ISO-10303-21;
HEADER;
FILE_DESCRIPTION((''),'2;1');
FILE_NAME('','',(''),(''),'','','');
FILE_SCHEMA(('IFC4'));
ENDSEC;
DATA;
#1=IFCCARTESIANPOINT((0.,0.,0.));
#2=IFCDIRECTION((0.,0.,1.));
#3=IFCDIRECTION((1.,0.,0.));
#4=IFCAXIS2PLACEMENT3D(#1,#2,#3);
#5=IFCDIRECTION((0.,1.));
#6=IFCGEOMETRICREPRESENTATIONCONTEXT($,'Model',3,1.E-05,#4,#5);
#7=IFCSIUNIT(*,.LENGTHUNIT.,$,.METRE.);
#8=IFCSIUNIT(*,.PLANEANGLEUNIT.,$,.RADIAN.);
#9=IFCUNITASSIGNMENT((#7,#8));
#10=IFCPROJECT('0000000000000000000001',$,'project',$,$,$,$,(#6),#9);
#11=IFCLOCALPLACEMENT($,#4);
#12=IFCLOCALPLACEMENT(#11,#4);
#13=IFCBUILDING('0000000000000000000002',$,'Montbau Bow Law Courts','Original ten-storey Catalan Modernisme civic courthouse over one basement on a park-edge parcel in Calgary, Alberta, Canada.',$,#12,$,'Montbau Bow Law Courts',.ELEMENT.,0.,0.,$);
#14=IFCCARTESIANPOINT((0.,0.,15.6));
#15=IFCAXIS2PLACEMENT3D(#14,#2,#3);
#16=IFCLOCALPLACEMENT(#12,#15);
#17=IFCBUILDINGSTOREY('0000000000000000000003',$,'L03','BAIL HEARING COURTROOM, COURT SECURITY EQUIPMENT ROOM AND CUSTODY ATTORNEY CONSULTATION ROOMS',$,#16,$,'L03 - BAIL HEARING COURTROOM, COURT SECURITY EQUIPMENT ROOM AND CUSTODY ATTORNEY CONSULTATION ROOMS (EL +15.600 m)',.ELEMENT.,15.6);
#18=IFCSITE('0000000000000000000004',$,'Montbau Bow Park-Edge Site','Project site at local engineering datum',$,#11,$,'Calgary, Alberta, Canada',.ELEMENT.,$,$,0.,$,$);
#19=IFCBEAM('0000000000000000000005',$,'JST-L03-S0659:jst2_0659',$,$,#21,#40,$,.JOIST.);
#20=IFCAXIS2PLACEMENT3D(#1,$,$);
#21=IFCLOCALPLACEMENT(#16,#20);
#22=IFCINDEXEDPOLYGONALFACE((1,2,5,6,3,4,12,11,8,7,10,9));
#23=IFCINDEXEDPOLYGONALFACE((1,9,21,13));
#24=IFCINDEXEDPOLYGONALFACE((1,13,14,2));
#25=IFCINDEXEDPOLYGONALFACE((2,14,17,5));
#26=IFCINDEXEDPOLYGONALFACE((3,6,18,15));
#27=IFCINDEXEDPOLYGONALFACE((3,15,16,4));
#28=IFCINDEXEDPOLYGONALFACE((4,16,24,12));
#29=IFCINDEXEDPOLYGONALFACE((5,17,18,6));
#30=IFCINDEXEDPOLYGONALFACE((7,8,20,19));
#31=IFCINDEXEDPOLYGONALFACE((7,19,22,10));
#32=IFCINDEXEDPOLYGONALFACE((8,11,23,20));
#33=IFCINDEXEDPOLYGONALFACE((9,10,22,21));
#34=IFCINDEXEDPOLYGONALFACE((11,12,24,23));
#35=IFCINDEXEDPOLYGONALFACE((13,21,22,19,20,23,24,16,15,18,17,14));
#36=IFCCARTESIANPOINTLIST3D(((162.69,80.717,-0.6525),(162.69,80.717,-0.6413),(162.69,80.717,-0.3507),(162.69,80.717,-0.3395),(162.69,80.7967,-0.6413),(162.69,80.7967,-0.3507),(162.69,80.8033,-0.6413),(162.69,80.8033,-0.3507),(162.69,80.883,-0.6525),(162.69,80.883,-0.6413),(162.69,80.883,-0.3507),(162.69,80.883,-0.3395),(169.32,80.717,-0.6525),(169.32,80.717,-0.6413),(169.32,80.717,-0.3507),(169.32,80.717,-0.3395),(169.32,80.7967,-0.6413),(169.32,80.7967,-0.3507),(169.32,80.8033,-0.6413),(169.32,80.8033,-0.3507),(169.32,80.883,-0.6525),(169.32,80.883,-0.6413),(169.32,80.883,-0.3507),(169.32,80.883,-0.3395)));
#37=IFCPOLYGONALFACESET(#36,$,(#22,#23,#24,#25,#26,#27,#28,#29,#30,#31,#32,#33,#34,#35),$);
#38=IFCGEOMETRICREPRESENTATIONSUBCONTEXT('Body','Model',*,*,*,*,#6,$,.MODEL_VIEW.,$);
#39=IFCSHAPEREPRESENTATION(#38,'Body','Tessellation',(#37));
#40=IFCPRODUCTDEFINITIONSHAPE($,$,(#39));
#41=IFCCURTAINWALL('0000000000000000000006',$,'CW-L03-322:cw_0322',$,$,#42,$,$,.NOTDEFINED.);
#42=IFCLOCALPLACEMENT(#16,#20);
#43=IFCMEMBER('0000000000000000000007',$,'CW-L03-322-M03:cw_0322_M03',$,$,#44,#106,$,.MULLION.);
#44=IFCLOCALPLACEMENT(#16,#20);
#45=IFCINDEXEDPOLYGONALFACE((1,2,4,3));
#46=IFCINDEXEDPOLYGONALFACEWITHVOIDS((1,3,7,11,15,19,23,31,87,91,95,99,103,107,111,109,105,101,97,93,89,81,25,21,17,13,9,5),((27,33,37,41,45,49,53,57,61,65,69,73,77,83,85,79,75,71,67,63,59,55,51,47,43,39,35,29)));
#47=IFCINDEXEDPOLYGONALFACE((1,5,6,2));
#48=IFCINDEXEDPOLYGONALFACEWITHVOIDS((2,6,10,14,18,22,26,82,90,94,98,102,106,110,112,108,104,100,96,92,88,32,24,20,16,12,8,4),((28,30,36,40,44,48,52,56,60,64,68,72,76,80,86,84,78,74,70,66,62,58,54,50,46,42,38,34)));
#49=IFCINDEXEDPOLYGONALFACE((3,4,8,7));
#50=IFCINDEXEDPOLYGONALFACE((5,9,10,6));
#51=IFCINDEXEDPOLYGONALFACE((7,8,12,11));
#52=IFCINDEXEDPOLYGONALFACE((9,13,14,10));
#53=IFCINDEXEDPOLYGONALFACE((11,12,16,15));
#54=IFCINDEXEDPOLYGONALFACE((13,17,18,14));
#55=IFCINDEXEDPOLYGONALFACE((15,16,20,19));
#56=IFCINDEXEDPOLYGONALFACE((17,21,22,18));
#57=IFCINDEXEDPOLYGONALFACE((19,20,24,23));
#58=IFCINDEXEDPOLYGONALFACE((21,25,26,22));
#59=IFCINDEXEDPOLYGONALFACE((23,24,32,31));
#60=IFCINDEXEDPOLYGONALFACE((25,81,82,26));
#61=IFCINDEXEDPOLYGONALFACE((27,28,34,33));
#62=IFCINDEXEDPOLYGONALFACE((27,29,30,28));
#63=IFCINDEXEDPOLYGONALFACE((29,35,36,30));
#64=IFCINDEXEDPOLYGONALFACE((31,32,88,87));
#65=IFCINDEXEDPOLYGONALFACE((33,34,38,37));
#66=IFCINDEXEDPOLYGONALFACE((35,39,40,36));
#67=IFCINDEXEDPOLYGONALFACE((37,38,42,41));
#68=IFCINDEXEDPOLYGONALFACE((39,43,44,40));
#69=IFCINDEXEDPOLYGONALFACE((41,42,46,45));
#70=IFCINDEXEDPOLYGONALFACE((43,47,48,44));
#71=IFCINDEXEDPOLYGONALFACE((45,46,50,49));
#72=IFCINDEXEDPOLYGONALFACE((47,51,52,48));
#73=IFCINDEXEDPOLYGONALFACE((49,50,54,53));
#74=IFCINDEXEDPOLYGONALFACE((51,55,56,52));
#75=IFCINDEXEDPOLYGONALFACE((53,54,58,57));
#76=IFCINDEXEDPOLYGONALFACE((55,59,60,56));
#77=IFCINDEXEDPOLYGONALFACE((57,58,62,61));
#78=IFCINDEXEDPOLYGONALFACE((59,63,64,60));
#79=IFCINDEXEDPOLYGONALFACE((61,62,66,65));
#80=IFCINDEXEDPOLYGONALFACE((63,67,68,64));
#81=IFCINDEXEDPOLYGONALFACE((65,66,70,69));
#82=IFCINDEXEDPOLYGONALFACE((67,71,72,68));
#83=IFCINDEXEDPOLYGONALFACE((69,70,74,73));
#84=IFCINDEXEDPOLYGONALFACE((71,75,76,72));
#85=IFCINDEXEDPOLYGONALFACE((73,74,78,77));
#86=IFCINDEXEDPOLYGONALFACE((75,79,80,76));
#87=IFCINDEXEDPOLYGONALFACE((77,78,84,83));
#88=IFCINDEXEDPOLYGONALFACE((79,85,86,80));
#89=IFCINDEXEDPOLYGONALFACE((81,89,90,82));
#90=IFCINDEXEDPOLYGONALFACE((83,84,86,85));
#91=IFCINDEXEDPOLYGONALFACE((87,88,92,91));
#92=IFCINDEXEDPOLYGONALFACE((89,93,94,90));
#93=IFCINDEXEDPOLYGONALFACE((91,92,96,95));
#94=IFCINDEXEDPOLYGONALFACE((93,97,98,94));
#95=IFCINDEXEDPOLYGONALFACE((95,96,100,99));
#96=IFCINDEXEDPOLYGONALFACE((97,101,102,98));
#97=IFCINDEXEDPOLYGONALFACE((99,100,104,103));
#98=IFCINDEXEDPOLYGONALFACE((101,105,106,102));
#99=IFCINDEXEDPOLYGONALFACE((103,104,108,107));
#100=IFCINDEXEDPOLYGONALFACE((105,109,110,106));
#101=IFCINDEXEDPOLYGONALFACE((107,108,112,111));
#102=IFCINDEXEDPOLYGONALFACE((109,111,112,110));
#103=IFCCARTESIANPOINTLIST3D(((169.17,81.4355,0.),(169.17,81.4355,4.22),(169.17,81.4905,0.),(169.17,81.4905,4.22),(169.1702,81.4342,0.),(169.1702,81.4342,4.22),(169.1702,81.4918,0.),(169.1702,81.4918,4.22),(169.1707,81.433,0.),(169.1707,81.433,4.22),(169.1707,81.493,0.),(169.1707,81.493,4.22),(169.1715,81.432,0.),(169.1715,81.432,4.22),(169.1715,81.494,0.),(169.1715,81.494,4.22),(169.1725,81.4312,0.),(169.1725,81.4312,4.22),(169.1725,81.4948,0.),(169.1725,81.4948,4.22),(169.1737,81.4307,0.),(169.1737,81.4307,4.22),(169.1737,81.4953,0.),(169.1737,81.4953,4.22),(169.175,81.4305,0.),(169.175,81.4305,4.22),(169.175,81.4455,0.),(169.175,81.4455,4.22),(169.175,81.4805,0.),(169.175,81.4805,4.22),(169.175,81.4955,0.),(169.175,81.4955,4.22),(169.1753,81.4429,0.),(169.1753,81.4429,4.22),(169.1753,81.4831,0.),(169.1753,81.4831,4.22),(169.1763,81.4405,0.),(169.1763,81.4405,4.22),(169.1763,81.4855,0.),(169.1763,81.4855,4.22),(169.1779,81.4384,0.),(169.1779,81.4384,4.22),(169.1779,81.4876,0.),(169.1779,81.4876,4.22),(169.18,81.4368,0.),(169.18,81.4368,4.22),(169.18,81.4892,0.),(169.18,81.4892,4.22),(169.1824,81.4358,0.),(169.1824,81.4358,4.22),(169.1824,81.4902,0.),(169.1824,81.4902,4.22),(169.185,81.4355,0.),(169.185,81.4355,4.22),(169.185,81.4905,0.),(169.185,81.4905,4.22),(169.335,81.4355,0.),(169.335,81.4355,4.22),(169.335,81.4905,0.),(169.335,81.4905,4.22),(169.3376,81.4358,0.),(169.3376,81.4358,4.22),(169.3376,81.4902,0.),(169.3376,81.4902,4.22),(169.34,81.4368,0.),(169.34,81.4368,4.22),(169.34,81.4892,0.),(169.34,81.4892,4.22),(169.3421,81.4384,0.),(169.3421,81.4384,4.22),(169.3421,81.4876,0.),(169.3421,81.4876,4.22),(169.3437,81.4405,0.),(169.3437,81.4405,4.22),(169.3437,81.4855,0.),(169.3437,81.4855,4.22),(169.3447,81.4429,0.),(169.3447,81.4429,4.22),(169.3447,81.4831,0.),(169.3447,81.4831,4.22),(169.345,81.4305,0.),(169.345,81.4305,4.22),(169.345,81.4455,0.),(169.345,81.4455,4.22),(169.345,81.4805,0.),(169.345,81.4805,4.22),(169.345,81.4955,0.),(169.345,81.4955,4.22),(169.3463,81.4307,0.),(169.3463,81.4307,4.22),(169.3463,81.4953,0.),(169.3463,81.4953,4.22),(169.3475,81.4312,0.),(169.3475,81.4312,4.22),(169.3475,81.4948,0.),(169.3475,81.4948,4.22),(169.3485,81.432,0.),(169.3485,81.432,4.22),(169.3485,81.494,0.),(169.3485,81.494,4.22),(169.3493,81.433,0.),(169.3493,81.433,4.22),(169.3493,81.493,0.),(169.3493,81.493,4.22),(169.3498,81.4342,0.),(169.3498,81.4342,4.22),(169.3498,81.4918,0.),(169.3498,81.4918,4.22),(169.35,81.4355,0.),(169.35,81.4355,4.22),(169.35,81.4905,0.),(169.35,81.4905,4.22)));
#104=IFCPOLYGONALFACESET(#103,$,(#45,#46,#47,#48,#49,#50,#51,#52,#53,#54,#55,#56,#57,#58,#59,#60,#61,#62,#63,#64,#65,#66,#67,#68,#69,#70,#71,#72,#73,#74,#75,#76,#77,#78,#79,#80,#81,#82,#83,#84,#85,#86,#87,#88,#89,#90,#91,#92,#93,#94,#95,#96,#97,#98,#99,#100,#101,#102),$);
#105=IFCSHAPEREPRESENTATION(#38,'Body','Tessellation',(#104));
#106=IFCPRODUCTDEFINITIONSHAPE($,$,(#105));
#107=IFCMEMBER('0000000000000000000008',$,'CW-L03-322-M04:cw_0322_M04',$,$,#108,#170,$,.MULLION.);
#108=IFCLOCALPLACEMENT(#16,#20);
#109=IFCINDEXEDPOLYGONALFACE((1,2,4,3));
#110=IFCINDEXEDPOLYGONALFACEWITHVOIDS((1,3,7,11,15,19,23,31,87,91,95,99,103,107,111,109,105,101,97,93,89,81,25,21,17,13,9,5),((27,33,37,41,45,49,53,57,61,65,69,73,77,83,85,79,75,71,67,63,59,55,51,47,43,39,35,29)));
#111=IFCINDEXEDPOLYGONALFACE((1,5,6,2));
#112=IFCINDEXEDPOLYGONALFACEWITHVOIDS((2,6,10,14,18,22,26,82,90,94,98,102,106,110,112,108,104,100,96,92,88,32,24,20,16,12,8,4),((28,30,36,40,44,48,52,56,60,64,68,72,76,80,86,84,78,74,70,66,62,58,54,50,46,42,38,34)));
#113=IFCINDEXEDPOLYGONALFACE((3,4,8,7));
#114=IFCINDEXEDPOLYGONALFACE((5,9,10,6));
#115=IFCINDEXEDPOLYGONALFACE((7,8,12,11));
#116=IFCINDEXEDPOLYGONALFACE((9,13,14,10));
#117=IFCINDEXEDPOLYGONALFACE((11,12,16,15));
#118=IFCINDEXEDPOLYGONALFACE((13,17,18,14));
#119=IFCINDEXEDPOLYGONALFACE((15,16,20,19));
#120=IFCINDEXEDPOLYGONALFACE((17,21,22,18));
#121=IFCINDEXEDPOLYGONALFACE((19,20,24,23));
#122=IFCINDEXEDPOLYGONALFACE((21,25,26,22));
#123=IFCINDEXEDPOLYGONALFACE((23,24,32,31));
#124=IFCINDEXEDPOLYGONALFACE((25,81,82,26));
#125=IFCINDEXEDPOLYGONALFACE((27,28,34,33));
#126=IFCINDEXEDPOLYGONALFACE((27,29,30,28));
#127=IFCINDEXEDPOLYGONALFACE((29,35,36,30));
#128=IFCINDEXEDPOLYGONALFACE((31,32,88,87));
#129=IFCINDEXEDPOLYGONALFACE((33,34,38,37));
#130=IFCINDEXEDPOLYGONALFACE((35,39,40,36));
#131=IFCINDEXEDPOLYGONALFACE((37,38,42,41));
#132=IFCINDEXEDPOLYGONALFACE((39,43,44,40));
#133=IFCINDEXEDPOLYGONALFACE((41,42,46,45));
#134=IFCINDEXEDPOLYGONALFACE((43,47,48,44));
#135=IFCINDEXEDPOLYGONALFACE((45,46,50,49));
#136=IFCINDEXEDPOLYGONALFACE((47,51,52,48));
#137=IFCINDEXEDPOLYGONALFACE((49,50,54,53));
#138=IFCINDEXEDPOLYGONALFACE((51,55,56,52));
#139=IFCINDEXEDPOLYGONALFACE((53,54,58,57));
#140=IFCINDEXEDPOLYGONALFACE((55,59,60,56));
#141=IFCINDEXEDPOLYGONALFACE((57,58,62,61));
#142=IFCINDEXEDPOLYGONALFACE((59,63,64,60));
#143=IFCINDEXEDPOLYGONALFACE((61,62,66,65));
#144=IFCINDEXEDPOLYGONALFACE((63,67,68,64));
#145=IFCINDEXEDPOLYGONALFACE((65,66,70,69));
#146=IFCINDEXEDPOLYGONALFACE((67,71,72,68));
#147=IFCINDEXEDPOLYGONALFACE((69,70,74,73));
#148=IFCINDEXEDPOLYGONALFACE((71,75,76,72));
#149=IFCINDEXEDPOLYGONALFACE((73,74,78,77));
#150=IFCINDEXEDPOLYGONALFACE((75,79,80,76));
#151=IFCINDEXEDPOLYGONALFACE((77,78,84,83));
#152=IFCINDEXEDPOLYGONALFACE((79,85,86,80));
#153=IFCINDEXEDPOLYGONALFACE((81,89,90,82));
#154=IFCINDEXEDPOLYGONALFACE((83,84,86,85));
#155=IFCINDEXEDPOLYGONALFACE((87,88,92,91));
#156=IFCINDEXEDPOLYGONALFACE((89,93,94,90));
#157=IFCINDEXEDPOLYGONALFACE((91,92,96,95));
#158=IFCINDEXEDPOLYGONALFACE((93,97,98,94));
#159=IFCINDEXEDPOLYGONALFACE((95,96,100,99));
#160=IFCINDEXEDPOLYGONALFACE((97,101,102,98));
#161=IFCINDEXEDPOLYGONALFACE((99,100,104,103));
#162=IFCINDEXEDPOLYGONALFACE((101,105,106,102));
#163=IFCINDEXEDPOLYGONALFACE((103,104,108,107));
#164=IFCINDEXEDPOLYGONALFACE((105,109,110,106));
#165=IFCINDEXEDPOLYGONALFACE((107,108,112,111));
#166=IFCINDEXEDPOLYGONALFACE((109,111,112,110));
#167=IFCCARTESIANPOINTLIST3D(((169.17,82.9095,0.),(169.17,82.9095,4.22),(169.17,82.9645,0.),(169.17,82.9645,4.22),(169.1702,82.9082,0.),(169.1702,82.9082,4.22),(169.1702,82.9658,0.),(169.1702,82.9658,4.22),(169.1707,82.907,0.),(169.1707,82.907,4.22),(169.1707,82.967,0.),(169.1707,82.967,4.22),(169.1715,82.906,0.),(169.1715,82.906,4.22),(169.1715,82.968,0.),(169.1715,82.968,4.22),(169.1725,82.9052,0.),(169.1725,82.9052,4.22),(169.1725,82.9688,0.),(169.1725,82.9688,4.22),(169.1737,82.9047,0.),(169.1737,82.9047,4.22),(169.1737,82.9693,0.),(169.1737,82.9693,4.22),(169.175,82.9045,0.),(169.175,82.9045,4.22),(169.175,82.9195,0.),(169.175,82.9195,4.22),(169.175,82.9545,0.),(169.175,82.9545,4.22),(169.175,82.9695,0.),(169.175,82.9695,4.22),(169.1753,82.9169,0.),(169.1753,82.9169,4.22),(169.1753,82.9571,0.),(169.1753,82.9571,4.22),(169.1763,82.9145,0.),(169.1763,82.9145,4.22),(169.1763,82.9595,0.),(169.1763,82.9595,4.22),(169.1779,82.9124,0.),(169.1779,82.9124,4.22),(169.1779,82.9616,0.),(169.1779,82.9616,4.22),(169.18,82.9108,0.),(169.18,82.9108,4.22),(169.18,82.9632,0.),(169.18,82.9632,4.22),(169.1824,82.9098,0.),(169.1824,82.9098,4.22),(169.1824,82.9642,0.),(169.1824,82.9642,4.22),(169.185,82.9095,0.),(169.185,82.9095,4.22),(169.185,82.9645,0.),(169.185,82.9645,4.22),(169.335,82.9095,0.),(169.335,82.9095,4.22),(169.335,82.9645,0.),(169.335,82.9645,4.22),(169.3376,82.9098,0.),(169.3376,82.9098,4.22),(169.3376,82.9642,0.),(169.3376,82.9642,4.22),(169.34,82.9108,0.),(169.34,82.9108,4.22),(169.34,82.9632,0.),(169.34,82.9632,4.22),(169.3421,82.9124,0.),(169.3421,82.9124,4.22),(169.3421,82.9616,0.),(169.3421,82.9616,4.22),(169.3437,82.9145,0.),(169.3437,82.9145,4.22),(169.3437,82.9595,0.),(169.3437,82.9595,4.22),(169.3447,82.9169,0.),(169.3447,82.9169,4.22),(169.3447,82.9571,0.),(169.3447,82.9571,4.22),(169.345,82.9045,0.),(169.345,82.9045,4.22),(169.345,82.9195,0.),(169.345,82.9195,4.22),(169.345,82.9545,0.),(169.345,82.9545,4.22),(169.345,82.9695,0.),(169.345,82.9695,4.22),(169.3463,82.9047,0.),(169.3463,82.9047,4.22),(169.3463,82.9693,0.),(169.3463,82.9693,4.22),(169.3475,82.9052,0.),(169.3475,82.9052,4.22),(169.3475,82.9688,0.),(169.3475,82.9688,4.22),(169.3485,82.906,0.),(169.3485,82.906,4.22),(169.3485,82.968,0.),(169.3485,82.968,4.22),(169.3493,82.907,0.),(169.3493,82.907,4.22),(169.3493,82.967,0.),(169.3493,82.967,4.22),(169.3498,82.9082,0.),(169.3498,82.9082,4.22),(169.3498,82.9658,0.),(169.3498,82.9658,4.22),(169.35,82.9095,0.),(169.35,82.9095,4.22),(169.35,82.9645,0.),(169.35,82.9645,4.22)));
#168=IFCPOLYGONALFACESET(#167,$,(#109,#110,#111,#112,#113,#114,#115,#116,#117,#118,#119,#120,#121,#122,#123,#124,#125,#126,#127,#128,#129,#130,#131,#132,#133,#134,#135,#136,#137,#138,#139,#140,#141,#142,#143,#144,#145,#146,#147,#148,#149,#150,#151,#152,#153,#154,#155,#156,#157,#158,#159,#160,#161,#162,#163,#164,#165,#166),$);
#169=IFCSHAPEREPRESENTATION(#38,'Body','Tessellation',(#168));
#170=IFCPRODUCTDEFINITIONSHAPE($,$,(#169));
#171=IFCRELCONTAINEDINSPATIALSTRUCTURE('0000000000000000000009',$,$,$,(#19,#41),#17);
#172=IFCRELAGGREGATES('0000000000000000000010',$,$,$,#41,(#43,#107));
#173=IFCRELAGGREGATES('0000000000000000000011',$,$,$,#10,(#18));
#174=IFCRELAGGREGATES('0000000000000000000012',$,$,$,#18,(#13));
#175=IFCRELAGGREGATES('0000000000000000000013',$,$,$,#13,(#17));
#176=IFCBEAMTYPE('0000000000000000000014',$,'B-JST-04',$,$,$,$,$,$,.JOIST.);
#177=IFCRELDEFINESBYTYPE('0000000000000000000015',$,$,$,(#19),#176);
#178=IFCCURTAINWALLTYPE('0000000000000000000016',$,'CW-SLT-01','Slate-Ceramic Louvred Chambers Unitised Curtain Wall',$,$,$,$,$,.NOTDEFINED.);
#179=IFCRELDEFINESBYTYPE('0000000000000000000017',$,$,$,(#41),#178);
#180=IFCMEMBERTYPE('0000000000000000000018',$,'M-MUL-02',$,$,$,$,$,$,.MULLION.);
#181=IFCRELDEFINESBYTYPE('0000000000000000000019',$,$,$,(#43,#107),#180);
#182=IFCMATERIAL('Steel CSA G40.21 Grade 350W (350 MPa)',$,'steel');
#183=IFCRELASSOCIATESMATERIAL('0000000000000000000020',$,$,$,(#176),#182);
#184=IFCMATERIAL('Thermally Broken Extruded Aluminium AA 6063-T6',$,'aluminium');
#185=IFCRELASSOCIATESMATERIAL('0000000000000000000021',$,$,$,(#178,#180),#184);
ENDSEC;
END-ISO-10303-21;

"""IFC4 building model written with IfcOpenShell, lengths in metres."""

from ifc_helpers import new_model, si_unit, direction, frame, origin_with_axes, origin_2d_with_axis, place, context, subcontext, project, spatial, hollow_rectangle, i_section, extrude, material, material_profile, profile_set, type_object, element, aggregate, save


model = new_model("IFC4")

# Units and contexts
model_context = context("Model", 3, precision=1e-05, world=origin_with_axes(), true_north=direction((0.0, 1.0)))
body_context = subcontext(model_context, "Body", "Model", "MODEL_VIEW")
ifc_project = project(units=[si_unit("LENGTHUNIT", "METRE"), si_unit("PLANEANGLEUNIT", "RADIAN")], contexts=[model_context])

# Site, building, storey
site_placement = place(None, origin_with_axes())
site = spatial("IfcSite", under=ifc_project, at=site_placement, Name="Montbau Bow Park-Edge Site", Description="Project site at local engineering datum", LongName="Calgary, Alberta, Canada", CompositionType="ELEMENT", RefElevation=0.0)
building_placement = place(site_placement, origin_with_axes())
building = spatial("IfcBuilding", under=site, at=building_placement, Name="Montbau Bow Law Courts", Description="Original ten-storey Catalan Modernisme civic courthouse over one basement on a park-edge parcel in Calgary, Alberta, Canada.", LongName="Montbau Bow Law Courts", CompositionType="ELEMENT", ElevationOfRefHeight=0.0, ElevationOfTerrain=0.0)
storey_placement = place(building_placement, frame((0.0, 0.0, 15.6), z_axis=(0.0, 0.0, 1.0), x_axis=(1.0, 0.0, 0.0)))
storey = spatial("IfcBuildingStorey", under=building, at=storey_placement, Name="L03", Description="BAIL HEARING COURTROOM, COURT SECURITY EQUIPMENT ROOM AND CUSTODY ATTORNEY CONSULTATION ROOMS", LongName="L03 - BAIL HEARING COURTROOM, COURT SECURITY EQUIPMENT ROOM AND CUSTODY ATTORNEY CONSULTATION ROOMS (EL +15.600 m)", CompositionType="ELEMENT", Elevation=15.6)

# Beam
ifc_material_1 = material(Name="Steel CSA G40.21 Grade 350W (350 MPa)", Category="steel")
ifc_material_profile_1 = material_profile(ifc_material_1, i_section(OverallWidth=0.166, OverallDepth=0.313, WebThickness=0.0066, FlangeThickness=0.0112, at=origin_2d_with_axis()), Name="W310X45", Category="Main", Priority=0)
ifc_profile_set_1 = profile_set([ifc_material_profile_1], Name="Steel CSA G40.21 Grade 350W (350 MPa)")
beam_type = type_object("IfcBeamType", Name="B-JST-04", PredefinedType="JOIST", material=ifc_profile_set_1)
beam_placement = place(None, frame((162.69, 80.8, 15.104), z_axis=(1.0, 0.0, 0.0), x_axis=(0.0, 1.0, 0.0)))
element("IfcBeam", 1, at=beam_placement, inside=storey, type_object=beam_type, Name="JST-L03-S0659:jst2_0659", PredefinedType="JOIST", context=body_context, shape_type="SweptSolid", body=[
    extrude(i_section(OverallWidth=0.166, OverallDepth=0.313, WebThickness=0.0066, FlangeThickness=0.0112, at=origin_2d_with_axis()), origin_with_axes(), (0.0, 0.0, 1.0), 6.63),
])

# Curtain wall, members
ifc_material_2 = material(Name="Thermally Broken Extruded Aluminium AA 6063-T6", Category="aluminium")
curtain_wall_type = type_object("IfcCurtainWallType", Name="CW-SLT-01", Description="Slate-Ceramic Louvred Chambers Unitised Curtain Wall", PredefinedType="NOTDEFINED", material=ifc_material_2)
curtain_wall_placement = place(None, frame((169.26, 78.515, 15.6), z_axis=(0.0, 0.0, 1.0), x_axis=(1.0, 0.0, 0.0)))
curtain_wall = element("IfcCurtainWall", 2, at=curtain_wall_placement, inside=storey, type_object=curtain_wall_type, Name="CW-L03-322:cw_0322", PredefinedType="NOTDEFINED")
ifc_material_profile_2 = material_profile(ifc_material_2, hollow_rectangle(XDim=0.065, YDim=0.18, WallThickness=0.005, InnerFilletRadius=0.01, OuterFilletRadius=0.005, at=origin_2d_with_axis()), Name="CWM-180X65", Category="Main", Priority=0)
ifc_profile_set_2 = profile_set([ifc_material_profile_2], Name="Thermally Broken Extruded Aluminium AA 6063-T6")
member_type_1 = type_object("IfcMemberType", Name="M-MUL-02", PredefinedType="MULLION", material=ifc_profile_set_2)
member_1_placement = place(None, frame((169.26, 81.463, 15.6), z_axis=(0.0, 0.0, 1.0), x_axis=(0.0, 1.0, 0.0)))
member_1 = element("IfcMember", 3, at=member_1_placement, type_object=member_type_1, Name="CW-L03-322-M03:cw_0322_M03", PredefinedType="MULLION", context=body_context, shape_type="SweptSolid", body=[
    extrude(hollow_rectangle(XDim=0.065, YDim=0.18, WallThickness=0.005, InnerFilletRadius=0.01, OuterFilletRadius=0.005, at=origin_2d_with_axis()), origin_with_axes(), (0.0, 0.0, 1.0), 4.22),
])
member_2_placement = place(None, frame((169.26, 82.937, 15.6), z_axis=(0.0, 0.0, 1.0), x_axis=(0.0, 1.0, 0.0)))
member_2 = element("IfcMember", 4, at=member_2_placement, type_object=member_type_1, Name="CW-L03-322-M04:cw_0322_M04", PredefinedType="MULLION", context=body_context, shape_type="SweptSolid", body=[
    extrude(hollow_rectangle(XDim=0.065, YDim=0.18, WallThickness=0.005, InnerFilletRadius=0.01, OuterFilletRadius=0.005, at=origin_2d_with_axis()), origin_with_axes(), (0.0, 0.0, 1.0), 4.22),
])
aggregate(curtain_wall, [member_1, member_2])

save(model, "model.ifc")
